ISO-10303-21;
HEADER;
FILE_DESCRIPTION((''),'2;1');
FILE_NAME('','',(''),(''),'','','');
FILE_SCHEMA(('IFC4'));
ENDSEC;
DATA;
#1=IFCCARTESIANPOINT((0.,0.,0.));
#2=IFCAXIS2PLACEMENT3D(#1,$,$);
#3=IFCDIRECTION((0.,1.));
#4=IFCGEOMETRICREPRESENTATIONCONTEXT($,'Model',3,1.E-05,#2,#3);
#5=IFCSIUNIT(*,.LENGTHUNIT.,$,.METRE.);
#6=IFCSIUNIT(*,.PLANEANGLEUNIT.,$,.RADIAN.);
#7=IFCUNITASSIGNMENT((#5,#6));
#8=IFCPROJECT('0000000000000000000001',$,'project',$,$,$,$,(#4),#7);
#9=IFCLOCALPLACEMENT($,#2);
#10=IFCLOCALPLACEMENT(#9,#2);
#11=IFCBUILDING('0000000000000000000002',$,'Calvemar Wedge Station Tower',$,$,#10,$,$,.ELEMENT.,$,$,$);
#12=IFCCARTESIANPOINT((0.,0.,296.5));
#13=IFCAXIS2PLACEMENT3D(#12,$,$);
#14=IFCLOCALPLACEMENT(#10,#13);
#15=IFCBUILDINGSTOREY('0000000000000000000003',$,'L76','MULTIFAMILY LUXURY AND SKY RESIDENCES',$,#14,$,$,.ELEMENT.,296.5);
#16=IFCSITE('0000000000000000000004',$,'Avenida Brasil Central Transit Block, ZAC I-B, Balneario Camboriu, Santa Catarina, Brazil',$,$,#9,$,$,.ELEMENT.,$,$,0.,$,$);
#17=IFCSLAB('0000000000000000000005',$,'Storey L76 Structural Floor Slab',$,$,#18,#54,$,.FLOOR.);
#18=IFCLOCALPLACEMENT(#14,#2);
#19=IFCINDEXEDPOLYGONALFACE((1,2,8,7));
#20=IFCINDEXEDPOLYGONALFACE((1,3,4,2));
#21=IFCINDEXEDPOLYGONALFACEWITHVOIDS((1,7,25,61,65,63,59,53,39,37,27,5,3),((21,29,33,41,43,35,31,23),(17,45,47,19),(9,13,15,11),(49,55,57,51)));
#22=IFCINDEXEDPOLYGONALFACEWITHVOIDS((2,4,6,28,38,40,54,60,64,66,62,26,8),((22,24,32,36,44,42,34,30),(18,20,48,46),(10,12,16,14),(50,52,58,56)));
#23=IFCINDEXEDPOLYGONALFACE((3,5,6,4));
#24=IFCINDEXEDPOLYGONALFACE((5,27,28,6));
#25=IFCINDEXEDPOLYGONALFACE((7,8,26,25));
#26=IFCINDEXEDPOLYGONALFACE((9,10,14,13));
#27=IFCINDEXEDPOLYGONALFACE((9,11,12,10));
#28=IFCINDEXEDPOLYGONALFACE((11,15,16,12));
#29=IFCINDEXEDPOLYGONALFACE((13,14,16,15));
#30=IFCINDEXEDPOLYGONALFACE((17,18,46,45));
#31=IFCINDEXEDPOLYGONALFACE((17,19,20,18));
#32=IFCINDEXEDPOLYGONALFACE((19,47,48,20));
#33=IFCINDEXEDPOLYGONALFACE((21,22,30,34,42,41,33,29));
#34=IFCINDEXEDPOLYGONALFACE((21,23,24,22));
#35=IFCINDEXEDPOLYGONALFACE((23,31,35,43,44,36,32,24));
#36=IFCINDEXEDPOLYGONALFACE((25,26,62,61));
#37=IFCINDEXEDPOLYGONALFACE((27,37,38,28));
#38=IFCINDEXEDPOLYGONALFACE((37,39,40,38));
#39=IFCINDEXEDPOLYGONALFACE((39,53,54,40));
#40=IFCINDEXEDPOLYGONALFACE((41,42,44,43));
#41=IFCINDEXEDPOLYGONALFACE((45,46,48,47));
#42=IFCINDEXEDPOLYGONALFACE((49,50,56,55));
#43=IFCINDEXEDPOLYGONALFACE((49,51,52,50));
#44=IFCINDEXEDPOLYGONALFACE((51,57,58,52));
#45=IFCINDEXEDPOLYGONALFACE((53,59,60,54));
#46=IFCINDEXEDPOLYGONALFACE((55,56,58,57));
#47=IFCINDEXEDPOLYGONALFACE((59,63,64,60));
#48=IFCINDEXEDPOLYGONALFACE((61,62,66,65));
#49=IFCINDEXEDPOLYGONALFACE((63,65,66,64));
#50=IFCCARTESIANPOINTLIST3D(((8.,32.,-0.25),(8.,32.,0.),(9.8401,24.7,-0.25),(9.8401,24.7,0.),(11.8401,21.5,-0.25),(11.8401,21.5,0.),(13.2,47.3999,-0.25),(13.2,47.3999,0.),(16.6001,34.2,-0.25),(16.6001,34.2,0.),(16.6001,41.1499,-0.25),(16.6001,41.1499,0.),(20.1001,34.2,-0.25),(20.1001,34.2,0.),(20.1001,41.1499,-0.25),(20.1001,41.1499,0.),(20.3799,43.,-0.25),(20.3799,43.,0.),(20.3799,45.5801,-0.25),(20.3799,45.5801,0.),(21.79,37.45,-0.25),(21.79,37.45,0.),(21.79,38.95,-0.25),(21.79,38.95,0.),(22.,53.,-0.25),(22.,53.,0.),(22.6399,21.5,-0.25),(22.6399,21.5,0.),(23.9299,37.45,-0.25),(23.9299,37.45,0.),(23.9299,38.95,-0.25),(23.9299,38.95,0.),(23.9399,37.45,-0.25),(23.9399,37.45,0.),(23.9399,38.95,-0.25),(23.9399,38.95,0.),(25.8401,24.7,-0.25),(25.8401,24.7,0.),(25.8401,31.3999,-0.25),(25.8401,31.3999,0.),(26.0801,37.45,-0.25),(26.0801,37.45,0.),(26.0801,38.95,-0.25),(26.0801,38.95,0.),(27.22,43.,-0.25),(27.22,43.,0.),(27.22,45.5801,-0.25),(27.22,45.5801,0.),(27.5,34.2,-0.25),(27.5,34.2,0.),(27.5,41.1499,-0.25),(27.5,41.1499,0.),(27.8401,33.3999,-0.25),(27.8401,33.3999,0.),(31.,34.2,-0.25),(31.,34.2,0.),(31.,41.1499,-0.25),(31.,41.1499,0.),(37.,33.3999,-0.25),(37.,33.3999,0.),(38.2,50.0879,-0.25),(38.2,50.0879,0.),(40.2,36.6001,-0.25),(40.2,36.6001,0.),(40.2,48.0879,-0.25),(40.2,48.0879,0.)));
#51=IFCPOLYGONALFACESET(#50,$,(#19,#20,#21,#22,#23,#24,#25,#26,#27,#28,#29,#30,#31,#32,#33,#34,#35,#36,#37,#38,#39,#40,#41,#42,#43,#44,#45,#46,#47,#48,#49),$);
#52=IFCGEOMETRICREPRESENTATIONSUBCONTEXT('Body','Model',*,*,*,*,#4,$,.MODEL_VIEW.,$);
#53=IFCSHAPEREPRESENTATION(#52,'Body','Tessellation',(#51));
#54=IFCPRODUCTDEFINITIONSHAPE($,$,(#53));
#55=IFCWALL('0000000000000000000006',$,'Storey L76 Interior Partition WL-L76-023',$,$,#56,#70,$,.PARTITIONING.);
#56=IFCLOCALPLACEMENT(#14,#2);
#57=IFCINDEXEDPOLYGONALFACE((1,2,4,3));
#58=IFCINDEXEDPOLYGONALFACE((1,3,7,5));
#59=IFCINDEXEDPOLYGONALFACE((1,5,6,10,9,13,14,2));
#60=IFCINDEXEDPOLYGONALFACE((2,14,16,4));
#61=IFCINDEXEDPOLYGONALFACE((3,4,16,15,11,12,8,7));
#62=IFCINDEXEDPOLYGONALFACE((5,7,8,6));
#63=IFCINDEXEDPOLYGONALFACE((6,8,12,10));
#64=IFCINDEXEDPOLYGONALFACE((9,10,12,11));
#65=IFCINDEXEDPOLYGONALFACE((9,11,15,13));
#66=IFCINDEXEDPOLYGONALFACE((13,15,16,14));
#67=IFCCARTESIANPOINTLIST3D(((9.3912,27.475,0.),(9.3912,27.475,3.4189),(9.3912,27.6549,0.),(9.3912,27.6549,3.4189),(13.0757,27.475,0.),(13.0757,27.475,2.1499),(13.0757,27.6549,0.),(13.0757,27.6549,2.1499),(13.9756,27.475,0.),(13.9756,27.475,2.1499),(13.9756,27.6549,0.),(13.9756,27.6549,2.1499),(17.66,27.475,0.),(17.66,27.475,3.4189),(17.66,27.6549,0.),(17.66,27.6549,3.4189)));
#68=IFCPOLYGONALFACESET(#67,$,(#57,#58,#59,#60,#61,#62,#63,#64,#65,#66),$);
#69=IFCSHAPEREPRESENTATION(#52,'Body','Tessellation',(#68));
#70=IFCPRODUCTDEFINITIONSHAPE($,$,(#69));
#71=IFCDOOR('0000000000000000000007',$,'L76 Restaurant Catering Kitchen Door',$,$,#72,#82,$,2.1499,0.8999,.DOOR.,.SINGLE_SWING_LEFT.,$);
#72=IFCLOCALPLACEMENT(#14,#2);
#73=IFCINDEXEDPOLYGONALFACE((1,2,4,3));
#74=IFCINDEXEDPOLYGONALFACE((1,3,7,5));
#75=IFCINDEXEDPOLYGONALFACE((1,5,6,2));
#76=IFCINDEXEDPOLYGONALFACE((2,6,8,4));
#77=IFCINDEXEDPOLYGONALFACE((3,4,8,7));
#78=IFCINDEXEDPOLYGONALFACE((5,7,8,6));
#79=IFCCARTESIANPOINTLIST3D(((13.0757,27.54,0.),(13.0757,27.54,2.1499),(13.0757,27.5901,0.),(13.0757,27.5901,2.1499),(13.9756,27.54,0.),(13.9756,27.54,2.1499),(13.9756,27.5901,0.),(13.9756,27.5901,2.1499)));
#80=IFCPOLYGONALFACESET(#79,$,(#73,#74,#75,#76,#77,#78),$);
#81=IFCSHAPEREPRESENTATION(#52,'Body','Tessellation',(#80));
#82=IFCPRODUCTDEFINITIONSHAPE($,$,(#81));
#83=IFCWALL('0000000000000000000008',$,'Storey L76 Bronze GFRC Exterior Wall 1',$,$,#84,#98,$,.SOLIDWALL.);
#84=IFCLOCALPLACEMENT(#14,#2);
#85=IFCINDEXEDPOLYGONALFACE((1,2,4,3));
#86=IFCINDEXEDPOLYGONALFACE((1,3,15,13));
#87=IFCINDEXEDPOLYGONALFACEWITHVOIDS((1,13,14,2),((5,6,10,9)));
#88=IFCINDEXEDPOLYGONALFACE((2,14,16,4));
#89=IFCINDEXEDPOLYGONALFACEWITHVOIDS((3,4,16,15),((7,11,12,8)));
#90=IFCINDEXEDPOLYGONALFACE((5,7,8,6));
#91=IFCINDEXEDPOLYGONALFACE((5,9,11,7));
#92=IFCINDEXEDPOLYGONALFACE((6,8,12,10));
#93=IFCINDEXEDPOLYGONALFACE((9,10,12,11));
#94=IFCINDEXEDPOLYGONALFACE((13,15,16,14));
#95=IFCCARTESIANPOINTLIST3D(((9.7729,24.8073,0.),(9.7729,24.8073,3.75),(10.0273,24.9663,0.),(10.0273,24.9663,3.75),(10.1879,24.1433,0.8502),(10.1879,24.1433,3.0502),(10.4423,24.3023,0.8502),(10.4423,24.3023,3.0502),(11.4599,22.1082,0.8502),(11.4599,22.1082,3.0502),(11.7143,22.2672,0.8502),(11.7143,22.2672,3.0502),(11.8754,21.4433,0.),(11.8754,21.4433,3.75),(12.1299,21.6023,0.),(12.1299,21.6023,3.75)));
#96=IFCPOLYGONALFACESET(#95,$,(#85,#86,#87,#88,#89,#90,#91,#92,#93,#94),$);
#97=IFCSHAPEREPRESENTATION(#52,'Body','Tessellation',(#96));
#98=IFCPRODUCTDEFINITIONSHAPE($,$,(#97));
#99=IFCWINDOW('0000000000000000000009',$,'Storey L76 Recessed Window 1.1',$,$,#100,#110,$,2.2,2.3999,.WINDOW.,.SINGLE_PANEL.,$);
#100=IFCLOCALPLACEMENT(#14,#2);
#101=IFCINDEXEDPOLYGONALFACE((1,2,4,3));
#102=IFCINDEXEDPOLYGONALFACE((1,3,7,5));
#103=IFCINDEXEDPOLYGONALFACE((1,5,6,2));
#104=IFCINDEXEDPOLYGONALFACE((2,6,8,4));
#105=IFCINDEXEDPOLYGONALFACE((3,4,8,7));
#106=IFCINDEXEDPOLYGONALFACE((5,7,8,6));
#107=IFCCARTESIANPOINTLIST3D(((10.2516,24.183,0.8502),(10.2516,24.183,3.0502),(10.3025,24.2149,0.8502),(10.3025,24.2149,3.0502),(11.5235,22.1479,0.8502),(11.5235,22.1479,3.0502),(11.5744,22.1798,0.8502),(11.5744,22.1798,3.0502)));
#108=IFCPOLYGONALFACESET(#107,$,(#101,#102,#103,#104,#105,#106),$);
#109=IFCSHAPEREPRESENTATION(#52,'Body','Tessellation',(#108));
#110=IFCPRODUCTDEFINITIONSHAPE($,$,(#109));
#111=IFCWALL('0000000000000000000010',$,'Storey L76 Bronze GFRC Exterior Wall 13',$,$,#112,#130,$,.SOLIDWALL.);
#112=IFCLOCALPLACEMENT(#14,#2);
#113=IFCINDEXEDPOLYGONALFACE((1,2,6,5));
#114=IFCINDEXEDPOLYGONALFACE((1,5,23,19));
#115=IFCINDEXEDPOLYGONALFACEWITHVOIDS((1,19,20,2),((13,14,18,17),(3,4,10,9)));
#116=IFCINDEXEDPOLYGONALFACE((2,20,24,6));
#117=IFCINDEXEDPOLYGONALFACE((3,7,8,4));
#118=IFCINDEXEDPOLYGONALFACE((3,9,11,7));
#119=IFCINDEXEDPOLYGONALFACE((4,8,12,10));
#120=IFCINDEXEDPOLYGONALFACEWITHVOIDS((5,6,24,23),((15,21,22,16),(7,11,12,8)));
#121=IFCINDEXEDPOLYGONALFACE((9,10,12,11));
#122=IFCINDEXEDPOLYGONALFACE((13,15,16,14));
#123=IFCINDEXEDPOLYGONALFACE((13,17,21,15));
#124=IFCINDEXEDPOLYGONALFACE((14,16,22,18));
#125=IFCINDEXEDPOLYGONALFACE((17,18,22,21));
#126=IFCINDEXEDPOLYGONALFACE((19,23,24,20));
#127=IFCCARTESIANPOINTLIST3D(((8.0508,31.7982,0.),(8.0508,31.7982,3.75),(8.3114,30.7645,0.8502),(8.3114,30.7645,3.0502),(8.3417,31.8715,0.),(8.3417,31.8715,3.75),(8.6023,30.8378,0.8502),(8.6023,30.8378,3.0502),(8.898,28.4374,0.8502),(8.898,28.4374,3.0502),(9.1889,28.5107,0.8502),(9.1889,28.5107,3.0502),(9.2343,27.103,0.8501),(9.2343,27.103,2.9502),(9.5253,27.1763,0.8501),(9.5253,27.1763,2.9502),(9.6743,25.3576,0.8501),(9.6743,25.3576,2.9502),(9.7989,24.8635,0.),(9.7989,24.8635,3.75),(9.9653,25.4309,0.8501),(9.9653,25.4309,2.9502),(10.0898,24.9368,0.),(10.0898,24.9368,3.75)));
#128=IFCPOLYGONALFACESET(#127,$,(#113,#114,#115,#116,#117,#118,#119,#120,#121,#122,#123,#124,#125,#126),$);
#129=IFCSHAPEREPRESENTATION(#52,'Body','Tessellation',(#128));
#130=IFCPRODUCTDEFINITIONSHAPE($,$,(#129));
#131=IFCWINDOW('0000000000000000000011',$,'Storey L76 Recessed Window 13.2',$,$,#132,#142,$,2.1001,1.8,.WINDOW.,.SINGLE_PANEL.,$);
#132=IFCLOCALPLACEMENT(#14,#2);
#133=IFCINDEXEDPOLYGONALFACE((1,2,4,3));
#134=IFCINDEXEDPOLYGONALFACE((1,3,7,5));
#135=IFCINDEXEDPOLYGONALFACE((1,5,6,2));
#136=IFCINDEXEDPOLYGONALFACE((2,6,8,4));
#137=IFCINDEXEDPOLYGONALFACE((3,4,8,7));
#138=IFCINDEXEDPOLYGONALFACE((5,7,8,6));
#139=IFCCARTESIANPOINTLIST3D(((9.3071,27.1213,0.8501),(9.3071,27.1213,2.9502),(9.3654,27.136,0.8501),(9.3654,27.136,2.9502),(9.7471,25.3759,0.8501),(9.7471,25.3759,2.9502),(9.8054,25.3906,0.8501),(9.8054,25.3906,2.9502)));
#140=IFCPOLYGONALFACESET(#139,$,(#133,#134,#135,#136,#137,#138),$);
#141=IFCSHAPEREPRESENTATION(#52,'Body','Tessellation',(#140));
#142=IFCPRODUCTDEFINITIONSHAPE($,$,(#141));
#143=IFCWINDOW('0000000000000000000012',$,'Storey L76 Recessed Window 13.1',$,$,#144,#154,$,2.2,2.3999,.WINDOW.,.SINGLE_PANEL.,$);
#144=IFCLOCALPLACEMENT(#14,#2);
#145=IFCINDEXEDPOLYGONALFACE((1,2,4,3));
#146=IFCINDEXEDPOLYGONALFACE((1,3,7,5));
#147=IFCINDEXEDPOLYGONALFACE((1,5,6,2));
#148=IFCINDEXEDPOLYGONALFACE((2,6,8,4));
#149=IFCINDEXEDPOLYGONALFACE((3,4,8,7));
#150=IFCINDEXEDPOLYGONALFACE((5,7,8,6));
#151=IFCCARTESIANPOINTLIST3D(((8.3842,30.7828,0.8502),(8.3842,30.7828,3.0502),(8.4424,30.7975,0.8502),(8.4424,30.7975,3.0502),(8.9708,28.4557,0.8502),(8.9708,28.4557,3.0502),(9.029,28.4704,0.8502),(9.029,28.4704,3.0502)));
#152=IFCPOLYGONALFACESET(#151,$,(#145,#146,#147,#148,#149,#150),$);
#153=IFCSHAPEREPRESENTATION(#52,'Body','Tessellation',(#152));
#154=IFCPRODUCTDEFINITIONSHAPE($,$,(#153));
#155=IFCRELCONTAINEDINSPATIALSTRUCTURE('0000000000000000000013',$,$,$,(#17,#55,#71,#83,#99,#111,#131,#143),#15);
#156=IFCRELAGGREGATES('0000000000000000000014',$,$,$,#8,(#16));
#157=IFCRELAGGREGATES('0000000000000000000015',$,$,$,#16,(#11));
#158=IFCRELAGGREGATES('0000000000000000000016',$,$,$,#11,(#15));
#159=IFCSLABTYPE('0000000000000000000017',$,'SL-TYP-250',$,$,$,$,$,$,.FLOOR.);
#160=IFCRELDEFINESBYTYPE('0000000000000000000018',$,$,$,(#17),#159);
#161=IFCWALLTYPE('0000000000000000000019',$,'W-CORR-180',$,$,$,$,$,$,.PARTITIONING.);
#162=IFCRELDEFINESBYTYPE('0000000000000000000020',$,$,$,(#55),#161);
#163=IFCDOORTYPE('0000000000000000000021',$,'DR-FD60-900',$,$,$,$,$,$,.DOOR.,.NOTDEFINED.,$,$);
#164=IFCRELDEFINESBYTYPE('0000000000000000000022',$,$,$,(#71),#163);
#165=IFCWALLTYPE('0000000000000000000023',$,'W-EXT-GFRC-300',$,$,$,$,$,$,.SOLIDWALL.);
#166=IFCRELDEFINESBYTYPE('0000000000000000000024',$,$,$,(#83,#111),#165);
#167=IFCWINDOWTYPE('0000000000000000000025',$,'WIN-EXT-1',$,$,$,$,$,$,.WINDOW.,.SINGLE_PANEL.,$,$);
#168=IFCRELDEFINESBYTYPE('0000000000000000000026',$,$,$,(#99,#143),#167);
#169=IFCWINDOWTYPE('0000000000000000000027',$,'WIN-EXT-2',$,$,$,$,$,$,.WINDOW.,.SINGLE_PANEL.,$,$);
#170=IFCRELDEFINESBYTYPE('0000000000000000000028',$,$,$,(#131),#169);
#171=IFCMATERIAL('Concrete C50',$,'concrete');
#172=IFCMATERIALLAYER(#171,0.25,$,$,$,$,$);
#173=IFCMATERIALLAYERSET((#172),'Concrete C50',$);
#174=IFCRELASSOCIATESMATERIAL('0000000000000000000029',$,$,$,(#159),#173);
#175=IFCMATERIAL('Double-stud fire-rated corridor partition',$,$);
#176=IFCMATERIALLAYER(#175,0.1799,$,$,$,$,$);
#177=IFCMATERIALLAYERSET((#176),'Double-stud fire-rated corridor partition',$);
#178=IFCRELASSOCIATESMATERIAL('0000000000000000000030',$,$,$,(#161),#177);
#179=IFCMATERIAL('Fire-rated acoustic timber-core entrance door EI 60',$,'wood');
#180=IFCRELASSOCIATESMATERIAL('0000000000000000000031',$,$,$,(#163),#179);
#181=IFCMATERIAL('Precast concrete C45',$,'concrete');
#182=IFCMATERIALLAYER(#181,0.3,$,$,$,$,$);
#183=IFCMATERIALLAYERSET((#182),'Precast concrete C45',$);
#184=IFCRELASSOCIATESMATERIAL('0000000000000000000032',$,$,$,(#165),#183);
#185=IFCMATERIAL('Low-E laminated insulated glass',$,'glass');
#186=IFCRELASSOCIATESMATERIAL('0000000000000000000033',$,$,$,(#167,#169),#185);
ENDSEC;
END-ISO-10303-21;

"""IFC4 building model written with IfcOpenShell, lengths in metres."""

from ifc_helpers import new_model, si_unit, direction, frame, frame_2d, origin, place, context, subcontext, project, spatial, polyline, rectangle, outline, extrude, source, transform, mapped, material, layer, layer_set, type_object, element, fill, save


model = new_model("IFC4")

# Units and contexts
model_context = context("Model", 3, precision=1e-05, world=origin(), true_north=direction((0.0, 1.0)))
body_context = subcontext(model_context, "Body", "Model", "MODEL_VIEW")
ifc_project = project(units=[si_unit("LENGTHUNIT", "METRE"), si_unit("PLANEANGLEUNIT", "RADIAN")], contexts=[model_context])

# Site, building, storey
site_placement = place(None, origin())
site = spatial("IfcSite", under=ifc_project, at=site_placement, Name="Avenida Brasil Central Transit Block, ZAC I-B, Balneario Camboriu, Santa Catarina, Brazil", CompositionType="ELEMENT", RefElevation=0.0)
building_placement = place(site_placement, origin())
building = spatial("IfcBuilding", under=site, at=building_placement, Name="Calvemar Wedge Station Tower", CompositionType="ELEMENT")
storey_placement = place(building_placement, frame((0.0, 0.0, 296.5)))
storey = spatial("IfcBuildingStorey", under=building, at=storey_placement, Name="L76", Description="MULTIFAMILY LUXURY AND SKY RESIDENCES", CompositionType="ELEMENT", Elevation=296.5)

# Shared definitions
ifc_material_1 = material(Name="Concrete C50", Category="concrete")

# Shared definitions
ifc_material_2 = material(Name="Precast concrete C45", Category="concrete")

# Slab
ifc_layer_1 = layer(ifc_material_1, 0.25)
ifc_layer_set_1 = layer_set([ifc_layer_1], Name="Concrete C50")
slab_type_1 = type_object("IfcSlabType", Name="SL-TYP-250", PredefinedType="FLOOR", material=ifc_layer_set_1)
slab_1_placement = place(storey_placement, frame((0.0, 0.0, -0.25)))
element("IfcSlab", 1, at=slab_1_placement, inside=storey, type_object=slab_type_1, Name="Storey L76 Structural Floor Slab", PredefinedType="FLOOR", context=body_context, shape_type="SweptSolid", body=[
    extrude(outline(polyline([(8.0, 32.0), (9.8401, 24.7), (11.8401, 21.5), (22.6399, 21.5), (25.8401, 24.7), (25.8401, 31.3999), (27.8401, 33.3999), (37.0, 33.3999), (40.2, 36.6001), (40.2, 48.0879), (38.2, 50.0879), (22.0, 53.0), (13.2, 47.3999), (8.0, 32.0)]), holes=[polyline([(20.1001, 34.2), (20.1001, 41.1499), (16.6001, 41.1499), (16.6001, 34.2), (20.1001, 34.2)]), polyline([(31.0, 34.2), (31.0, 41.1499), (27.5, 41.1499), (27.5, 34.2), (31.0, 34.2)]), polyline([(23.9299, 38.95), (21.79, 38.95), (21.79, 37.45), (23.9299, 37.45), (23.9399, 37.45), (26.0801, 37.45), (26.0801, 38.95), (23.9399, 38.95), (23.9299, 38.95)]), polyline([(27.22, 43.0), (27.22, 45.5801), (20.3799, 45.5801), (20.3799, 43.0), (27.22, 43.0)])]), origin(), (0.0, 0.0, 1.0), 0.25),
])

# Wall, opening, door
ifc_material_3 = material(Name="Double-stud fire-rated corridor partition")
ifc_layer_2 = layer(ifc_material_3, 0.1799)
ifc_layer_set_2 = layer_set([ifc_layer_2], Name="Double-stud fire-rated corridor partition")
wall_type_1 = type_object("IfcWallType", Name="W-CORR-180", PredefinedType="PARTITIONING", material=ifc_layer_set_2)
wall_1_placement = place(storey_placement, frame((17.6599, 27.5649, 0.0), z_axis=(0.0, 0.0, 1.0), x_axis=(-1.0, 0.0, 0.0)))
wall_1 = element("IfcWall", 2, at=wall_1_placement, inside=storey, type_object=wall_type_1, Name="Storey L76 Interior Partition WL-L76-023", PredefinedType="PARTITIONING", context=body_context, shape_type="SweptSolid", body=[
    extrude(rectangle(XDim=8.2688, YDim=0.1799, at=frame_2d((4.1343, 0.0))), origin(), (0.0, 0.0, 1.0), 3.4189),
])
shared_shape_1 = source(origin(), body_context, "Body", "SweptSolid", [
    extrude(rectangle(XDim=0.8999, YDim=2.1499, at=frame_2d((0.45, 1.075))), frame((0.0, 0.1001, 0.0), z_axis=(0.0, -1.0, 0.0), x_axis=(1.0, 0.0, 0.0)), (0.0, 0.0, 1.0), 0.2),
])
opening_1_placement = place(wall_1_placement, frame((3.6843, 0.0, 0.0)))
opening_1 = element("IfcOpeningElement", 3, at=opening_1_placement, cuts=wall_1, PredefinedType="OPENING", context=body_context, shape_type="MappedRepresentation", body=[
    mapped(shared_shape_1, transform((0.0, 0.0, 0.0), scale=1.0)),
])
ifc_material_4 = material(Name="Fire-rated acoustic timber-core entrance door EI 60", Category="wood")
door_type_1 = type_object("IfcDoorType", Name="DR-FD60-900", OperationType="NOTDEFINED", PredefinedType="DOOR", material=ifc_material_4)
shared_shape_2 = source(origin(), body_context, "Body", "SweptSolid", [
    extrude(rectangle(XDim=0.8999, YDim=2.1499, at=frame_2d((0.45, 1.075))), frame((0.0, 0.0249, 0.0), z_axis=(0.0, -1.0, 0.0), x_axis=(1.0, 0.0, 0.0)), (0.0, 0.0, 1.0), 0.05),
])
door_1_placement = place(opening_1_placement, origin())
door_1 = element("IfcDoor", 4, at=door_1_placement, inside=storey, type_object=door_type_1, Name="L76 Restaurant Catering Kitchen Door", OperationType="SINGLE_SWING_LEFT", OverallHeight=2.1499, OverallWidth=0.8999, PredefinedType="DOOR", context=body_context, shape_type="MappedRepresentation", body=[
    mapped(shared_shape_2, transform((0.0, 0.0, 0.0), scale=1.0)),
])
fill(opening_1, door_1)

# Wall, opening, window
ifc_layer_3 = layer(ifc_material_2, 0.3)
ifc_layer_set_3 = layer_set([ifc_layer_3], Name="Precast concrete C45")
wall_type_2 = type_object("IfcWallType", Name="W-EXT-GFRC-300", PredefinedType="SOLIDWALL", material=ifc_layer_set_3)
wall_2_placement = place(storey_placement, frame((9.9001, 24.8867, 0.0), z_axis=(0.0, 0.0, 1.0), x_axis=(0.530004, -0.847995, 0.0)))
wall_2 = element("IfcWall", 5, at=wall_2_placement, inside=storey, type_object=wall_type_2, Name="Storey L76 Bronze GFRC Exterior Wall 1", PredefinedType="SOLIDWALL", context=body_context, shape_type="SweptSolid", body=[
    extrude(rectangle(XDim=3.967, YDim=0.3, at=frame_2d((1.9834, 0.0))), origin(), (0.0, 0.0, 1.0), 3.75),
])
shared_shape_3 = source(origin(), body_context, "Body", "SweptSolid", [
    extrude(rectangle(XDim=2.3999, YDim=2.2, at=frame_2d((1.2, 1.1001))), frame((0.0, 0.1602, 0.0), z_axis=(0.0, -1.0, 0.0), x_axis=(1.0, 0.0, 0.0)), (0.0, 0.0, 1.0), 0.3201),
])
opening_2_placement = place(wall_2_placement, frame((0.783, 0.0, 0.8501)))
opening_2 = element("IfcOpeningElement", 6, at=opening_2_placement, cuts=wall_2, PredefinedType="OPENING", context=body_context, shape_type="MappedRepresentation", body=[
    mapped(shared_shape_3, transform((0.0, 0.0, 0.0), scale=1.0)),
])
ifc_material_5 = material(Name="Low-E laminated insulated glass", Category="glass")
window_type_1 = type_object("IfcWindowType", Name="WIN-EXT-1", PartitioningType="SINGLE_PANEL", PredefinedType="WINDOW", material=ifc_material_5)
shared_shape_4 = source(origin(), body_context, "Body", "SweptSolid", [
    extrude(rectangle(XDim=2.3999, YDim=2.2, at=frame_2d((1.2, 1.1001))), frame((0.0, -0.0149, 0.0), z_axis=(0.0, -1.0, 0.0), x_axis=(1.0, 0.0, 0.0)), (0.0, 0.0, 1.0), 0.0601),
])
window_1_placement = place(opening_2_placement, origin())
window_1 = element("IfcWindow", 7, at=window_1_placement, inside=storey, type_object=window_type_1, Name="Storey L76 Recessed Window 1.1", OverallHeight=2.2, OverallWidth=2.3999, PartitioningType="SINGLE_PANEL", PredefinedType="WINDOW", context=body_context, shape_type="MappedRepresentation", body=[
    mapped(shared_shape_4, transform((0.0, 0.0, 0.0), scale=1.0)),
])
fill(opening_2, window_1)

# Wall, openings, windows
wall_3_placement = place(storey_placement, frame((8.1963, 31.8347, 0.0), z_axis=(0.0, 0.0, 1.0), x_axis=(0.244431, -0.969667, 0.0)))
wall_3 = element("IfcWall", 8, at=wall_3_placement, inside=storey, type_object=wall_type_2, Name="Storey L76 Bronze GFRC Exterior Wall 13", PredefinedType="SOLIDWALL", context=body_context, shape_type="SweptSolid", body=[
    extrude(rectangle(XDim=7.1516, YDim=0.3, at=frame_2d((3.5757, 0.0))), origin(), (0.0, 0.0, 1.0), 3.75),
])
opening_3_placement = place(wall_3_placement, frame((1.0659, 0.0, 0.8501)))
opening_3 = element("IfcOpeningElement", 9, at=opening_3_placement, cuts=wall_3, PredefinedType="OPENING", context=body_context, shape_type="MappedRepresentation", body=[
    mapped(shared_shape_3, transform((0.0, 0.0, 0.0), scale=1.0)),
])
shared_shape_5 = source(origin(), body_context, "Body", "SweptSolid", [
    extrude(rectangle(XDim=1.8, YDim=2.1001, at=frame_2d((0.8999, 1.05))), frame((0.0, 0.1602, 0.0), z_axis=(0.0, -1.0, 0.0), x_axis=(1.0, 0.0, 0.0)), (0.0, 0.0, 1.0), 0.3201),
])
opening_4_placement = place(wall_3_placement, frame((4.842, 0.0, 0.8501)))
opening_4 = element("IfcOpeningElement", 10, at=opening_4_placement, cuts=wall_3, PredefinedType="OPENING", context=body_context, shape_type="MappedRepresentation", body=[
    mapped(shared_shape_5, transform((0.0, 0.0, 0.0), scale=1.0)),
])
window_type_2 = type_object("IfcWindowType", Name="WIN-EXT-2", PartitioningType="SINGLE_PANEL", PredefinedType="WINDOW", material=ifc_material_5)
shared_shape_6 = source(origin(), body_context, "Body", "SweptSolid", [
    extrude(rectangle(XDim=1.8, YDim=2.1001, at=frame_2d((0.8999, 1.05))), frame((0.0, -0.0149, 0.0), z_axis=(0.0, -1.0, 0.0), x_axis=(1.0, 0.0, 0.0)), (0.0, 0.0, 1.0), 0.0601),
])
window_2_placement = place(opening_4_placement, origin())
window_2 = element("IfcWindow", 11, at=window_2_placement, inside=storey, type_object=window_type_2, Name="Storey L76 Recessed Window 13.2", OverallHeight=2.1001, OverallWidth=1.8, PartitioningType="SINGLE_PANEL", PredefinedType="WINDOW", context=body_context, shape_type="MappedRepresentation", body=[
    mapped(shared_shape_6, transform((0.0, 0.0, 0.0), scale=1.0)),
])
fill(opening_4, window_2)
window_3_placement = place(opening_3_placement, origin())
window_3 = element("IfcWindow", 12, at=window_3_placement, inside=storey, type_object=window_type_1, Name="Storey L76 Recessed Window 13.1", OverallHeight=2.2, OverallWidth=2.3999, PartitioningType="SINGLE_PANEL", PredefinedType="WINDOW", context=body_context, shape_type="MappedRepresentation", body=[
    mapped(shared_shape_4, transform((0.0, 0.0, 0.0), scale=1.0)),
])
fill(opening_3, window_3)

save(model, "model.ifc")
